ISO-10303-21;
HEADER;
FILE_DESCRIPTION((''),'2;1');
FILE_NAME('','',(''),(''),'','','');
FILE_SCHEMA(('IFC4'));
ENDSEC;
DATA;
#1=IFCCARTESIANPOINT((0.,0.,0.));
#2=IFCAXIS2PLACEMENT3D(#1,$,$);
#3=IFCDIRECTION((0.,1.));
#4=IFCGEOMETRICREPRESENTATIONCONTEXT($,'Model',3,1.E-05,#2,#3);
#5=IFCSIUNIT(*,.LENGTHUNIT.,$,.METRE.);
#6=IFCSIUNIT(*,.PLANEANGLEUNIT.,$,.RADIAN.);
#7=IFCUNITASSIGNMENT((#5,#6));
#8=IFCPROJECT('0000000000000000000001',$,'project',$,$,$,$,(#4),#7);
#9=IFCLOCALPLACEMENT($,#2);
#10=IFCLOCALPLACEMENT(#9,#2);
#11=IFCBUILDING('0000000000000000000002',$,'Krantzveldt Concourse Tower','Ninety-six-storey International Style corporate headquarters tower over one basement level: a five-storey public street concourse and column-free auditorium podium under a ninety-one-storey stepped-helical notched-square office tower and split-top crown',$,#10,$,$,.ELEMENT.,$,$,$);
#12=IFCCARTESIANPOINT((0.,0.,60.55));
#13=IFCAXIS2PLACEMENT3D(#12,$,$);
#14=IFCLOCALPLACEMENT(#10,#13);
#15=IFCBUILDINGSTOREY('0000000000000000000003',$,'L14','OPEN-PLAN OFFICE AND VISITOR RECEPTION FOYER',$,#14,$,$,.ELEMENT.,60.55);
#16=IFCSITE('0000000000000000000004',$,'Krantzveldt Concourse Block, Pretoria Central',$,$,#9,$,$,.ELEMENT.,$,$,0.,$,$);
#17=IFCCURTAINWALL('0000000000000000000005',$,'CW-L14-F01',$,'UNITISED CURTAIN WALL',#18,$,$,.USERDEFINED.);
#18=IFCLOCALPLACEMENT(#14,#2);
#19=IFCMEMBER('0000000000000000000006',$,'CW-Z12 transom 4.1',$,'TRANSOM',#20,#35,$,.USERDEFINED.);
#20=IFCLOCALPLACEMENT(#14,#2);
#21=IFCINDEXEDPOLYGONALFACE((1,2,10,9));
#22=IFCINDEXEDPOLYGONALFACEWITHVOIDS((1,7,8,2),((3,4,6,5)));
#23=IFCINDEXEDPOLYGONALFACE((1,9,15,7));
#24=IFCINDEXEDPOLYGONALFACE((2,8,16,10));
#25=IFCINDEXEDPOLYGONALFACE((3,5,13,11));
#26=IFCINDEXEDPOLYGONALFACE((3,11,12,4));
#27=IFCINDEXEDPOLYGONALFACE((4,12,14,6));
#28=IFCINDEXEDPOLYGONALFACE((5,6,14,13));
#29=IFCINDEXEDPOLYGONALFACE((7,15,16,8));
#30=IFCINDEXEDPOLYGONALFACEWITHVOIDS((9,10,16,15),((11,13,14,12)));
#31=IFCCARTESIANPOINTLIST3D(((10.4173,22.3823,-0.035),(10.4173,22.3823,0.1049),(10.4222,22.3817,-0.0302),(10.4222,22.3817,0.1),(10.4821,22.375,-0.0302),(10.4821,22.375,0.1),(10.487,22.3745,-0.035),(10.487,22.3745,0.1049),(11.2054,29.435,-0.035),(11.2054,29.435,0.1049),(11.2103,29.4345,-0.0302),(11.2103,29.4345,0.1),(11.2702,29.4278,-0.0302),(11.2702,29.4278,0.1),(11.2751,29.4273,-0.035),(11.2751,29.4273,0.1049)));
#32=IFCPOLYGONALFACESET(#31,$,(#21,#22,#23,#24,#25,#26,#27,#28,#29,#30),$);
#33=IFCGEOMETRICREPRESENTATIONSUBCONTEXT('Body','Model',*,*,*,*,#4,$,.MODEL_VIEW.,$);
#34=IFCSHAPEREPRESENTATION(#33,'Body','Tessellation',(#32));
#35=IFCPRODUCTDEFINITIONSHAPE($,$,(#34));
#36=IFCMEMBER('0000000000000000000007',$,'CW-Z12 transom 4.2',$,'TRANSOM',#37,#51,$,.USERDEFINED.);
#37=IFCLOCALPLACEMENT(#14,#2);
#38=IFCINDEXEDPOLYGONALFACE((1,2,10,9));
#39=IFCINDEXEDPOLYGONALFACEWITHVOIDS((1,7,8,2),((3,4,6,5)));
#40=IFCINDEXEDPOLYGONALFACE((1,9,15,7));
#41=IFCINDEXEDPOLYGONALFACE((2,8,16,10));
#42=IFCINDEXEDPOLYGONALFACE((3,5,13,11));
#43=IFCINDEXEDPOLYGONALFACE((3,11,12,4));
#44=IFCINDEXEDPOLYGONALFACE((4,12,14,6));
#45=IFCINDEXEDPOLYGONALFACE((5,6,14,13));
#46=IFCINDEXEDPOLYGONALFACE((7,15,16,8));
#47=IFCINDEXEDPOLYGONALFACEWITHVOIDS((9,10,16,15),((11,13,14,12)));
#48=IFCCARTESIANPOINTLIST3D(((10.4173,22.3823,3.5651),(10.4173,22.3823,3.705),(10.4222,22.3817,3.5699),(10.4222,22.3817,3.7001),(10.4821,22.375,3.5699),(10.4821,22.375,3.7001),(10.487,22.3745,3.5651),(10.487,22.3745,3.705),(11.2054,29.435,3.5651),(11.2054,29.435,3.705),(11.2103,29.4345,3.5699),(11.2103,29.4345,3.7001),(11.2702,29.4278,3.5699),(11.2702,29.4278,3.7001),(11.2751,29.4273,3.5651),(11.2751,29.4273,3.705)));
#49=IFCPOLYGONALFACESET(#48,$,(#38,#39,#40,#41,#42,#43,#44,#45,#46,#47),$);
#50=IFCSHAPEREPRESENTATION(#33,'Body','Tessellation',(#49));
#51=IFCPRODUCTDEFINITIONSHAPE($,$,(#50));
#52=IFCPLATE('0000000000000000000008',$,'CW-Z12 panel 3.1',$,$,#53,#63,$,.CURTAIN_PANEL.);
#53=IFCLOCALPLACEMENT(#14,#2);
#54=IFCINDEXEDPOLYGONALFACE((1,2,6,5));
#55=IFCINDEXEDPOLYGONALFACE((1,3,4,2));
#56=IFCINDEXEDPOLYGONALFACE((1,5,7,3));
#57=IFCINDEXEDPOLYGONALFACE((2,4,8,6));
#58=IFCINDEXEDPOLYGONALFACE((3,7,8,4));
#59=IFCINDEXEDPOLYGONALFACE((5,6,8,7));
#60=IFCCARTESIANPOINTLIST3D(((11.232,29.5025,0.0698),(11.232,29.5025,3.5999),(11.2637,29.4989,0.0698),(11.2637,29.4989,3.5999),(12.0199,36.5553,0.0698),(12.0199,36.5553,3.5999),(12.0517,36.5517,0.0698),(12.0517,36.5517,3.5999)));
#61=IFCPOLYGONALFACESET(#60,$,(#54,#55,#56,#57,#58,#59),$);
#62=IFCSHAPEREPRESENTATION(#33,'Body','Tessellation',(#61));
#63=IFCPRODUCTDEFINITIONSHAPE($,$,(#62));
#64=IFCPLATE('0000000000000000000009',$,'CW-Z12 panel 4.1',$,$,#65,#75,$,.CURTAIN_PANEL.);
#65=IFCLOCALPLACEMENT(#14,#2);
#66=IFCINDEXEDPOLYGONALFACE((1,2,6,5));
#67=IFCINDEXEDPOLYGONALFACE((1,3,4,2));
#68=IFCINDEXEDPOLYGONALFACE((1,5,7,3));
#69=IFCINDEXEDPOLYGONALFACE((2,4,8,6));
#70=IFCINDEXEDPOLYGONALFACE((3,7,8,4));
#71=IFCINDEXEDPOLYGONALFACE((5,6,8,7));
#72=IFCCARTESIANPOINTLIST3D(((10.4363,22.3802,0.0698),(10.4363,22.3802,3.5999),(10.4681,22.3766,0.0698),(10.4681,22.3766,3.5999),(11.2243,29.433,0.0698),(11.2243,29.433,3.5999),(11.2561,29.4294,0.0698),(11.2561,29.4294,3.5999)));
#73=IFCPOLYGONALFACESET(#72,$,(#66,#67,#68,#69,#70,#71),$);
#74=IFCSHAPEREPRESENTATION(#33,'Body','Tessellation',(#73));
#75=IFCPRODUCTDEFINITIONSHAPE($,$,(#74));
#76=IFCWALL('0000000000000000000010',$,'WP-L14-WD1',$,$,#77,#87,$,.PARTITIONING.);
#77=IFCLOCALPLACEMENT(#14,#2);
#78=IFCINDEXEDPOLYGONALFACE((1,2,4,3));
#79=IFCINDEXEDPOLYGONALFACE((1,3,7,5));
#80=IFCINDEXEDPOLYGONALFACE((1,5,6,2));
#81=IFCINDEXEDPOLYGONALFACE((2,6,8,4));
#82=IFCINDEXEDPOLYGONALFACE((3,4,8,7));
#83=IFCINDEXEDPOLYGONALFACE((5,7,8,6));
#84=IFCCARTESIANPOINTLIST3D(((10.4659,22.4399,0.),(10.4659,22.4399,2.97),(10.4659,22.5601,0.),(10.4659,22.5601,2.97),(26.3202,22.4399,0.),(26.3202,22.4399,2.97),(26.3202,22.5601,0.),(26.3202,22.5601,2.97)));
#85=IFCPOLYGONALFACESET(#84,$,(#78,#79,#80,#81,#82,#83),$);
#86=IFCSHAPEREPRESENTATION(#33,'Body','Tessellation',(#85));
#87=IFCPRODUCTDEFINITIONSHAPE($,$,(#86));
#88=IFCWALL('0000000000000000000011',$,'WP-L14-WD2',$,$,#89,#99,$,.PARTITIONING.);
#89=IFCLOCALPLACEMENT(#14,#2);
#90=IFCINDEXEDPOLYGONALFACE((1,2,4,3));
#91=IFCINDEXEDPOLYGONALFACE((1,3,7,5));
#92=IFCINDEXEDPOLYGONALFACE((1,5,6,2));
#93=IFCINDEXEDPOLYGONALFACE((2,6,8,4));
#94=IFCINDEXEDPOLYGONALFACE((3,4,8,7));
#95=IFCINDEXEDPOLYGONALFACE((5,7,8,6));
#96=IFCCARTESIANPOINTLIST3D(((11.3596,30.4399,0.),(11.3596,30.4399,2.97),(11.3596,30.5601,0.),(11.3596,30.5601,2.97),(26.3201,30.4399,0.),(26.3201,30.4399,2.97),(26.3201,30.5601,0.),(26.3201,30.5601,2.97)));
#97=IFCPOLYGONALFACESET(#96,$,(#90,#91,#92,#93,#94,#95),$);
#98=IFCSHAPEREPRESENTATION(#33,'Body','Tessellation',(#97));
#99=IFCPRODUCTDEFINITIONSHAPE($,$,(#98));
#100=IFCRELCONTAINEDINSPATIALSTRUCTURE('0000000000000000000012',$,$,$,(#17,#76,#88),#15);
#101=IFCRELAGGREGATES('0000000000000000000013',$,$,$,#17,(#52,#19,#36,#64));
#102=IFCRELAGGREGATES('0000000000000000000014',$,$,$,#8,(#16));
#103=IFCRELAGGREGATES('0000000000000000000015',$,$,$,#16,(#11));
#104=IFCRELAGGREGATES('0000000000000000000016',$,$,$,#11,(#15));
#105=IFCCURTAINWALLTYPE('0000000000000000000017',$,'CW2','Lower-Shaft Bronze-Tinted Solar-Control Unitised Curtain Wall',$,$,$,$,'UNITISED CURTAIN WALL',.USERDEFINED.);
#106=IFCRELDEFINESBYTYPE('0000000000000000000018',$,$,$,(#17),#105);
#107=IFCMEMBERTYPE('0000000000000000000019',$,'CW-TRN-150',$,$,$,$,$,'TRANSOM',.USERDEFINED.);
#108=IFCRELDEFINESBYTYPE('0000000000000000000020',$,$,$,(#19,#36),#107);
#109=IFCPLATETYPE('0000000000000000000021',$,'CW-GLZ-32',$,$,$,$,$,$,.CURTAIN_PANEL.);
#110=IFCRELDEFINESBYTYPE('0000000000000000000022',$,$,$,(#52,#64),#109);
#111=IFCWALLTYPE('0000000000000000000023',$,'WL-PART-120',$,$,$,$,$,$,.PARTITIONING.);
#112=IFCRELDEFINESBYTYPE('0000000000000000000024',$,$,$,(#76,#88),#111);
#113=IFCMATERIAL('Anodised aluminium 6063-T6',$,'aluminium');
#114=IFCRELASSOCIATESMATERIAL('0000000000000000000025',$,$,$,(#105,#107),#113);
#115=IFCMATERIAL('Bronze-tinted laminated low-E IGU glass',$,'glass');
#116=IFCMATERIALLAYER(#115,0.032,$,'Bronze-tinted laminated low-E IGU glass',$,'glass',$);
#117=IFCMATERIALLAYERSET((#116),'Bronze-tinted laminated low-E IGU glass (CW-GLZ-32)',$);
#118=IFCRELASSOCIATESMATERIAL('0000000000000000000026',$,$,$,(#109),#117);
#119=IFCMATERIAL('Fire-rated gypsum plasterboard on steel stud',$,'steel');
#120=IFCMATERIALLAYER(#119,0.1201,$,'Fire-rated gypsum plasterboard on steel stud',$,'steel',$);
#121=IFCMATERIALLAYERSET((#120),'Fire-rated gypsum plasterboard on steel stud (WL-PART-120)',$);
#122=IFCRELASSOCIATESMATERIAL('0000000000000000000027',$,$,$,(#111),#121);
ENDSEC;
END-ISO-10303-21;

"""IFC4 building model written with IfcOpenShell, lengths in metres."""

from ifc_helpers import new_model, si_unit, direction, frame, frame_2d, origin, origin_2d, place, context, subcontext, project, spatial, rectangle, hollow_rectangle, extrude, source, transform, mapped, material, layer, layer_set, material_profile, profile_set, type_object, type_shapes, element, aggregate, save


model = new_model("IFC4")

# Units and contexts
model_context = context("Model", 3, precision=1e-05, world=origin(), true_north=direction((0.0, 1.0)))
body_context = subcontext(model_context, "Body", "Model", "MODEL_VIEW")
ifc_project = project(units=[si_unit("LENGTHUNIT", "METRE"), si_unit("PLANEANGLEUNIT", "RADIAN")], contexts=[model_context])

# Site, building, storey
site_placement = place(None, origin())
site = spatial("IfcSite", under=ifc_project, at=site_placement, Name="Krantzveldt Concourse Block, Pretoria Central", CompositionType="ELEMENT", RefElevation=0.0)
building_placement = place(site_placement, origin())
building = spatial("IfcBuilding", under=site, at=building_placement, Name="Krantzveldt Concourse Tower", Description="Ninety-six-storey International Style corporate headquarters tower over one basement level: a five-storey public street concourse and column-free auditorium podium under a ninety-one-storey stepped-helical notched-square office tower and split-top crown", CompositionType="ELEMENT")
storey_placement = place(building_placement, frame((0.0, 0.0, 60.55)))
storey = spatial("IfcBuildingStorey", under=building, at=storey_placement, Name="L14", Description="OPEN-PLAN OFFICE AND VISITOR RECEPTION FOYER", CompositionType="ELEMENT", Elevation=60.55)

# Curtain wall, members, plates
ifc_material_1 = material(Name="Anodised aluminium 6063-T6", Category="aluminium")
curtain_wall_type = type_object("IfcCurtainWallType", Name="CW2", Description="Lower-Shaft Bronze-Tinted Solar-Control Unitised Curtain Wall", ElementType="UNITISED CURTAIN WALL", PredefinedType="USERDEFINED", material=ifc_material_1)
curtain_wall_placement = place(storey_placement, origin())
curtain_wall = element("IfcCurtainWall", 1, at=curtain_wall_placement, inside=storey, type_object=curtain_wall_type, Name="CW-L14-F01", ObjectType="UNITISED CURTAIN WALL", PredefinedType="USERDEFINED")
ifc_material_profile_1 = material_profile(ifc_material_1, hollow_rectangle(XDim=0.0701, YDim=0.1399, WallThickness=0.0049, at=origin_2d()), Name="Anodised aluminium 6063-T6", Category="aluminium")
ifc_profile_set_1 = profile_set([ifc_material_profile_1], Name="Anodised aluminium 6063-T6 - ALU-TRAN 140x70x5")
member_type_1 = type_object("IfcMemberType", Name="CW-TRN-150", ElementType="TRANSOM", PredefinedType="USERDEFINED", material=ifc_profile_set_1)
shared_shape_1 = source(origin(), body_context, "Body", "SweptSolid", [
    extrude(hollow_rectangle(XDim=0.0701, YDim=0.1399, WallThickness=0.0049, at=origin_2d()), origin(), (0.0, 0.0, 1.0), 7.0967),
])
type_shapes(member_type_1, [shared_shape_1])
member_1_placement = place(storey_placement, frame((11.2402, 29.4312, 0.0349), z_axis=(-0.111051, -0.993815, 0.0), x_axis=(0.993815, -0.111051, 0.0)))
member_1 = element("IfcMember", 2, at=member_1_placement, type_object=member_type_1, Name="CW-Z12 transom 4.1", ObjectType="TRANSOM", PredefinedType="USERDEFINED", context=body_context, shape_type="MappedRepresentation", body=[
    mapped(shared_shape_1, transform((0.0, 0.0, 0.0), x_axis=(1.0, 0.0, 0.0), y_axis=(0.0, 1.0, 0.0), z_axis=(0.0, 0.0, 1.0), scale=1.0)),
])
member_2_placement = place(storey_placement, frame((11.2402, 29.4312, 3.635), z_axis=(-0.111051, -0.993815, 0.0), x_axis=(0.993815, -0.111051, 0.0)))
member_2 = element("IfcMember", 3, at=member_2_placement, type_object=member_type_1, Name="CW-Z12 transom 4.2", ObjectType="TRANSOM", PredefinedType="USERDEFINED", context=body_context, shape_type="MappedRepresentation", body=[
    mapped(shared_shape_1, transform((0.0, 0.0, 0.0), x_axis=(1.0, 0.0, 0.0), y_axis=(0.0, 1.0, 0.0), z_axis=(0.0, 0.0, 1.0), scale=1.0)),
])
ifc_material_2 = material(Name="Bronze-tinted laminated low-E IGU glass", Category="glass")
ifc_layer_1 = layer(ifc_material_2, 0.032, Name="Bronze-tinted laminated low-E IGU glass", Category="glass")
ifc_layer_set_1 = layer_set([ifc_layer_1], Name="Bronze-tinted laminated low-E IGU glass (CW-GLZ-32)")
plate_type = type_object("IfcPlateType", Name="CW-GLZ-32", PredefinedType="CURTAIN_PANEL", material=ifc_layer_set_1)
shared_shape_2 = source(origin(), body_context, "Body", "SweptSolid", [
    extrude(rectangle(XDim=7.0967, YDim=0.032, at=origin_2d()), origin(), (0.0, 0.0, 1.0), 3.53),
])
type_shapes(plate_type, [shared_shape_2])
plate_1_placement = place(storey_placement, frame((11.6418, 33.0271, 0.0698), z_axis=(0.0, 0.0, 1.0), x_axis=(-0.111035, -0.993816, 0.0)))
plate_1 = element("IfcPlate", 4, at=plate_1_placement, type_object=plate_type, Name="CW-Z12 panel 3.1", PredefinedType="CURTAIN_PANEL", context=body_context, shape_type="MappedRepresentation", body=[
    mapped(shared_shape_2, transform((0.0, 0.0, 0.0), x_axis=(1.0, 0.0, 0.0), y_axis=(0.0, 1.0, 0.0), z_axis=(0.0, 0.0, 1.0), scale=1.0)),
])
plate_2_placement = place(storey_placement, frame((10.8462, 25.9048, 0.0698), z_axis=(0.0, 0.0, 1.0), x_axis=(-0.111035, -0.993816, 0.0)))
plate_2 = element("IfcPlate", 5, at=plate_2_placement, type_object=plate_type, Name="CW-Z12 panel 4.1", PredefinedType="CURTAIN_PANEL", context=body_context, shape_type="MappedRepresentation", body=[
    mapped(shared_shape_2, transform((0.0, 0.0, 0.0), x_axis=(1.0, 0.0, 0.0), y_axis=(0.0, 1.0, 0.0), z_axis=(0.0, 0.0, 1.0), scale=1.0)),
])
aggregate(curtain_wall, [plate_1, member_1, member_2, plate_2])

# Walls
ifc_material_3 = material(Name="Fire-rated gypsum plasterboard on steel stud", Category="steel")
ifc_layer_2 = layer(ifc_material_3, 0.1201, Name="Fire-rated gypsum plasterboard on steel stud", Category="steel")
ifc_layer_set_2 = layer_set([ifc_layer_2], Name="Fire-rated gypsum plasterboard on steel stud (WL-PART-120)")
wall_type = type_object("IfcWallType", Name="WL-PART-120", PredefinedType="PARTITIONING", material=ifc_layer_set_2)
wall_1_placement = place(storey_placement, frame((10.4658, 22.5, 0.0), z_axis=(0.0, 0.0, 1.0), x_axis=(1.0, 0.0, 0.0)))
element("IfcWall", 6, at=wall_1_placement, inside=storey, type_object=wall_type, Name="WP-L14-WD1", PredefinedType="PARTITIONING", context=body_context, shape_type="SweptSolid", body=[
    extrude(rectangle(XDim=15.8542, YDim=0.1201, at=frame_2d((7.9272, 0.0))), origin(), (0.0, 0.0, 1.0), 2.97),
])
wall_2_placement = place(storey_placement, frame((11.3596, 30.5, 0.0), z_axis=(0.0, 0.0, 1.0), x_axis=(1.0, 0.0, 0.0)))
element("IfcWall", 7, at=wall_2_placement, inside=storey, type_object=wall_type, Name="WP-L14-WD2", PredefinedType="PARTITIONING", context=body_context, shape_type="SweptSolid", body=[
    extrude(rectangle(XDim=14.9604, YDim=0.1201, at=frame_2d((7.4802, 0.0))), origin(), (0.0, 0.0, 1.0), 2.97),
])

save(model, "model.ifc")
